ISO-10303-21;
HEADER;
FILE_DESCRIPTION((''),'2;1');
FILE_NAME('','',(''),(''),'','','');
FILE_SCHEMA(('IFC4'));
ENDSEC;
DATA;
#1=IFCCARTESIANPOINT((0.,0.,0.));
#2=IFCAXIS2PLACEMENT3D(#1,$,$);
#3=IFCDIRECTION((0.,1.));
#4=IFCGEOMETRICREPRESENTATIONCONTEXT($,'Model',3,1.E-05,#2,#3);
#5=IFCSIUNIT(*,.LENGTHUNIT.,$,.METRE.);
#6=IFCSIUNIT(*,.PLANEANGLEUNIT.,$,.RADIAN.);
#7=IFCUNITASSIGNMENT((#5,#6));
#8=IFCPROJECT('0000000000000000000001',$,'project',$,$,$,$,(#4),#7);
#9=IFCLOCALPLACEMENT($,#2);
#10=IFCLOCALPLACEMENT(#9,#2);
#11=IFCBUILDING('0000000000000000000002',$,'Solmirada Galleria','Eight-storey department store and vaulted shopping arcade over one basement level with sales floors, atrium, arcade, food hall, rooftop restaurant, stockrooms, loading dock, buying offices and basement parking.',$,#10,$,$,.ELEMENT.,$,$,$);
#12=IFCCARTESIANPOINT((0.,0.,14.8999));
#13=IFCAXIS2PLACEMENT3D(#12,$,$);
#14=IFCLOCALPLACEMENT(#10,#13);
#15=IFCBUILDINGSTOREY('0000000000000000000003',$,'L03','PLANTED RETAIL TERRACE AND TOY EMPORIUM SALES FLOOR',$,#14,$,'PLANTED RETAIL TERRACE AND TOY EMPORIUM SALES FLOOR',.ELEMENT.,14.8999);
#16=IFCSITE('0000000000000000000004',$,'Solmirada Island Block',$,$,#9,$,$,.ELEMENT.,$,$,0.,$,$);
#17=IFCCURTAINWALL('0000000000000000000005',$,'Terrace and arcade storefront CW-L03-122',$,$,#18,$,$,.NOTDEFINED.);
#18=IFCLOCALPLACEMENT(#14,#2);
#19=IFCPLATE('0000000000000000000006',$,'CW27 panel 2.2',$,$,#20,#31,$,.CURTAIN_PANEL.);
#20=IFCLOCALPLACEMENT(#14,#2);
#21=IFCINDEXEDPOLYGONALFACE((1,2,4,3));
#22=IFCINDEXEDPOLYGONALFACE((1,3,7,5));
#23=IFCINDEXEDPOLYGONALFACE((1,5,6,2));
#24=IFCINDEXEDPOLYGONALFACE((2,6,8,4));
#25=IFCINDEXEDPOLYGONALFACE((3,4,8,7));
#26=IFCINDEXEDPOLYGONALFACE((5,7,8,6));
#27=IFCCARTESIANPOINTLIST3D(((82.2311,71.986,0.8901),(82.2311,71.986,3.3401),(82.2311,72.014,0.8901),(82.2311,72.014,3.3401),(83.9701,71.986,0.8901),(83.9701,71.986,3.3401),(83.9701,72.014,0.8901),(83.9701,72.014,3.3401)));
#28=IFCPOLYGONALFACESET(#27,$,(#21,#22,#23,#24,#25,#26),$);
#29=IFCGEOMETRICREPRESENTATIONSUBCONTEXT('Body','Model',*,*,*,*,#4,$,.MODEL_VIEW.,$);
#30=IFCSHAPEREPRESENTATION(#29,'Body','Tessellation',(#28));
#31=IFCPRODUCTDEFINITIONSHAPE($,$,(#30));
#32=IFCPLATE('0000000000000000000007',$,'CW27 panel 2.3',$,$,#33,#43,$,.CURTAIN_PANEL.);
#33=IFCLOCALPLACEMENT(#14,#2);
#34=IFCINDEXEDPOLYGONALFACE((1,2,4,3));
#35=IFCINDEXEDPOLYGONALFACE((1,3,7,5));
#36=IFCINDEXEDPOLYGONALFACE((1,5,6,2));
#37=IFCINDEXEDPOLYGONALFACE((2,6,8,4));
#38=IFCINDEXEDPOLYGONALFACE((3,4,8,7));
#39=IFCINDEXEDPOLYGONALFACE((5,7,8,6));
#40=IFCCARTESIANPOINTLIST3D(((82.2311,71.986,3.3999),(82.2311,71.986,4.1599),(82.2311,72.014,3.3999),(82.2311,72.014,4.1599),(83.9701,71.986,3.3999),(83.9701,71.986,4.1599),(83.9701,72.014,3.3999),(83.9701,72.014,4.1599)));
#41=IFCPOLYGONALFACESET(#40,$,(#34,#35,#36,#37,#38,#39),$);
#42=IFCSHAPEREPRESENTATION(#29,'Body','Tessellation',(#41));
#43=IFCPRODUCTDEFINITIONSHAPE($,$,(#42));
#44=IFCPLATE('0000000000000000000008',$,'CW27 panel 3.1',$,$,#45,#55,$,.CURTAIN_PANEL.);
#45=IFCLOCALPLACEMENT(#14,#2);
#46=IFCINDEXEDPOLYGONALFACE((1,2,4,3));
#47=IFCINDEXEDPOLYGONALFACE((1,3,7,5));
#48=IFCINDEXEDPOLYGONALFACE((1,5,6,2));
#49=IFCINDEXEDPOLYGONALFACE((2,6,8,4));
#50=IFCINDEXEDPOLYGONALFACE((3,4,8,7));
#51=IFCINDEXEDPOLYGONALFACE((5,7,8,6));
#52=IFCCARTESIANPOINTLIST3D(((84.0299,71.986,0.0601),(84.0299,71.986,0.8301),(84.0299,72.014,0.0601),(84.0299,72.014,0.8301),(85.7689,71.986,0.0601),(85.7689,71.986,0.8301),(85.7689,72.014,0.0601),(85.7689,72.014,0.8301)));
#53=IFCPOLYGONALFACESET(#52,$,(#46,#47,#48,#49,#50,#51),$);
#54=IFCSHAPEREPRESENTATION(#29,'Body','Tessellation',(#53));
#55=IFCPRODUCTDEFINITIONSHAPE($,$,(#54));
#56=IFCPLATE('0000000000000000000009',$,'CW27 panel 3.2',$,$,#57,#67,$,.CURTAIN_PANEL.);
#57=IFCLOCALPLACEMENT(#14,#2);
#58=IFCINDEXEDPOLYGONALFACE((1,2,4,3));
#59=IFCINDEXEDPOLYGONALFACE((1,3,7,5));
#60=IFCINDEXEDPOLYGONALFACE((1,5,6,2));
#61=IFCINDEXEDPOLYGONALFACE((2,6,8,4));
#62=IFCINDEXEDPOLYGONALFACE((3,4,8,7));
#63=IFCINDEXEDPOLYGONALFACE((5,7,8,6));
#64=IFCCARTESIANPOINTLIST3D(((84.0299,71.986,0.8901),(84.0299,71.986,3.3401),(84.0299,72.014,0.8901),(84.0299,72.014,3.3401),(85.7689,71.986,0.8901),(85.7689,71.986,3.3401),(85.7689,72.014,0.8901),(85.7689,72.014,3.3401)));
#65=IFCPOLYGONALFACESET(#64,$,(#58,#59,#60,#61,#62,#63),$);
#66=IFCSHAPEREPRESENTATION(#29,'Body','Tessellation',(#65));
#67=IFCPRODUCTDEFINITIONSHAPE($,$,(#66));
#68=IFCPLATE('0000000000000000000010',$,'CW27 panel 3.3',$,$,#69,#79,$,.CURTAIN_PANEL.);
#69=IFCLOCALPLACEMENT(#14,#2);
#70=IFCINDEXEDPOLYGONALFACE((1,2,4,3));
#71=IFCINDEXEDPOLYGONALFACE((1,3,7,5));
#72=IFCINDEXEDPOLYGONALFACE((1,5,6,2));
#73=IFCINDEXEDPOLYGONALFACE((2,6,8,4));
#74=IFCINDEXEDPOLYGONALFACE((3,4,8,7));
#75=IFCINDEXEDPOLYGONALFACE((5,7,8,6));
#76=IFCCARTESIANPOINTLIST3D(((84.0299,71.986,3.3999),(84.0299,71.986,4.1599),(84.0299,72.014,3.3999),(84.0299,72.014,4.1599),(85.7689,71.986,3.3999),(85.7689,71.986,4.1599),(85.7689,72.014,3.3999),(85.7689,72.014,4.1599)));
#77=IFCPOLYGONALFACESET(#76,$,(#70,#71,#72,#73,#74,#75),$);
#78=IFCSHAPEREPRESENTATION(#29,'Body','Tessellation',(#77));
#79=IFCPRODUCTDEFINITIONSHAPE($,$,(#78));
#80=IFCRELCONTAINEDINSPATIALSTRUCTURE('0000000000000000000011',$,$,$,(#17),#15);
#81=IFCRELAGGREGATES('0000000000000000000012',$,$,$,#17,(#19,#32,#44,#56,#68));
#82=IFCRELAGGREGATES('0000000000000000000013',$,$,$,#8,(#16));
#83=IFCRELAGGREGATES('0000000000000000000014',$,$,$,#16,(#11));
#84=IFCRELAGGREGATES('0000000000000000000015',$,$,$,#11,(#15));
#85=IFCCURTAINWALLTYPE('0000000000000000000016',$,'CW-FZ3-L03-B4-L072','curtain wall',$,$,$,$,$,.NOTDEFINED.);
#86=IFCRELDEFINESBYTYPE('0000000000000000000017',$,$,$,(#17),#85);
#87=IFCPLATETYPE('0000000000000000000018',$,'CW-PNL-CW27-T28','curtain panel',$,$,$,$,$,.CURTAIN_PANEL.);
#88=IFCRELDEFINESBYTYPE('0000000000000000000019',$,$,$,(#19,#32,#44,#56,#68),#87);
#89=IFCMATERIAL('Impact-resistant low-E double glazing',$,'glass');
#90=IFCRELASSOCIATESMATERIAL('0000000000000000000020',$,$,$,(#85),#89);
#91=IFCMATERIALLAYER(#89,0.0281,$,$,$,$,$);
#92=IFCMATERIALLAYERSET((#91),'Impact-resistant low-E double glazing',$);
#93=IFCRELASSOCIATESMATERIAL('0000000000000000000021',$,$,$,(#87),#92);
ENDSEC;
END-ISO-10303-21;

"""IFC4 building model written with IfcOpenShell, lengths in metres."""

from ifc_helpers import new_model, si_unit, direction, frame, origin, origin_2d, place, context, subcontext, project, spatial, rectangle, extrude, material, layer, layer_set, type_object, element, aggregate, save


model = new_model("IFC4")

# Units and contexts
model_context = context("Model", 3, precision=1e-05, world=origin(), true_north=direction((0.0, 1.0)))
body_context = subcontext(model_context, "Body", "Model", "MODEL_VIEW")
ifc_project = project(units=[si_unit("LENGTHUNIT", "METRE"), si_unit("PLANEANGLEUNIT", "RADIAN")], contexts=[model_context])

# Site, building, storey
site_placement = place(None, origin())
site = spatial("IfcSite", under=ifc_project, at=site_placement, Name="Solmirada Island Block", CompositionType="ELEMENT", RefElevation=0.0)
building_placement = place(site_placement, origin())
building = spatial("IfcBuilding", under=site, at=building_placement, Name="Solmirada Galleria", Description="Eight-storey department store and vaulted shopping arcade over one basement level with sales floors, atrium, arcade, food hall, rooftop restaurant, stockrooms, loading dock, buying offices and basement parking.", CompositionType="ELEMENT")
storey_placement = place(building_placement, frame((0.0, 0.0, 14.8999)))
storey = spatial("IfcBuildingStorey", under=building, at=storey_placement, Name="L03", Description="PLANTED RETAIL TERRACE AND TOY EMPORIUM SALES FLOOR", LongName="PLANTED RETAIL TERRACE AND TOY EMPORIUM SALES FLOOR", CompositionType="ELEMENT", Elevation=14.8999)

# Shared definitions
ifc_material_1 = material(Name="Impact-resistant low-E double glazing", Category="glass")
curtain_wall_type = type_object("IfcCurtainWallType", Name="CW-FZ3-L03-B4-L072", Description="curtain wall", PredefinedType="NOTDEFINED", material=ifc_material_1)

# Curtain wall, plates
curtain_wall_1_placement = place(storey_placement, origin())
curtain_wall_1 = element("IfcCurtainWall", 1, at=curtain_wall_1_placement, inside=storey, type_object=curtain_wall_type, Name="Terrace and arcade storefront CW-L03-122", PredefinedType="NOTDEFINED")
ifc_layer = layer(ifc_material_1, 0.0281)
ifc_layer_set = layer_set([ifc_layer], Name="Impact-resistant low-E double glazing")
plate_type = type_object("IfcPlateType", Name="CW-PNL-CW27-T28", Description="curtain panel", PredefinedType="CURTAIN_PANEL", material=ifc_layer_set)
plate_1_placement = place(storey_placement, frame((83.1006, 72.0, 0.8901), z_axis=(0.0, 0.0, 1.0), x_axis=(1.0, 0.0, 0.0)))
plate_1 = element("IfcPlate", 2, at=plate_1_placement, type_object=plate_type, Name="CW27 panel 2.2", PredefinedType="CURTAIN_PANEL", context=body_context, shape_type="SweptSolid", body=[
    extrude(rectangle(XDim=1.739, YDim=0.0281, at=origin_2d()), origin(), (0.0, 0.0, 1.0), 2.45),
])
plate_2_placement = place(storey_placement, frame((83.1006, 72.0, 3.3999), z_axis=(0.0, 0.0, 1.0), x_axis=(1.0, 0.0, 0.0)))
plate_2 = element("IfcPlate", 3, at=plate_2_placement, type_object=plate_type, Name="CW27 panel 2.3", PredefinedType="CURTAIN_PANEL", context=body_context, shape_type="SweptSolid", body=[
    extrude(rectangle(XDim=1.739, YDim=0.0281, at=origin_2d()), origin(), (0.0, 0.0, 1.0), 0.76),
])
plate_3_placement = place(storey_placement, frame((84.8994, 72.0, 0.0601), z_axis=(0.0, 0.0, 1.0), x_axis=(1.0, 0.0, 0.0)))
plate_3 = element("IfcPlate", 4, at=plate_3_placement, type_object=plate_type, Name="CW27 panel 3.1", PredefinedType="CURTAIN_PANEL", context=body_context, shape_type="SweptSolid", body=[
    extrude(rectangle(XDim=1.739, YDim=0.0281, at=origin_2d()), origin(), (0.0, 0.0, 1.0), 0.77),
])
plate_4_placement = place(storey_placement, frame((84.8994, 72.0, 0.8901), z_axis=(0.0, 0.0, 1.0), x_axis=(1.0, 0.0, 0.0)))
plate_4 = element("IfcPlate", 5, at=plate_4_placement, type_object=plate_type, Name="CW27 panel 3.2", PredefinedType="CURTAIN_PANEL", context=body_context, shape_type="SweptSolid", body=[
    extrude(rectangle(XDim=1.739, YDim=0.0281, at=origin_2d()), origin(), (0.0, 0.0, 1.0), 2.45),
])
plate_5_placement = place(storey_placement, frame((84.8994, 72.0, 3.3999), z_axis=(0.0, 0.0, 1.0), x_axis=(1.0, 0.0, 0.0)))
plate_5 = element("IfcPlate", 6, at=plate_5_placement, type_object=plate_type, Name="CW27 panel 3.3", PredefinedType="CURTAIN_PANEL", context=body_context, shape_type="SweptSolid", body=[
    extrude(rectangle(XDim=1.739, YDim=0.0281, at=origin_2d()), origin(), (0.0, 0.0, 1.0), 0.76),
])
aggregate(curtain_wall_1, [plate_1, plate_2, plate_3, plate_4, plate_5])

save(model, "model.ifc")
